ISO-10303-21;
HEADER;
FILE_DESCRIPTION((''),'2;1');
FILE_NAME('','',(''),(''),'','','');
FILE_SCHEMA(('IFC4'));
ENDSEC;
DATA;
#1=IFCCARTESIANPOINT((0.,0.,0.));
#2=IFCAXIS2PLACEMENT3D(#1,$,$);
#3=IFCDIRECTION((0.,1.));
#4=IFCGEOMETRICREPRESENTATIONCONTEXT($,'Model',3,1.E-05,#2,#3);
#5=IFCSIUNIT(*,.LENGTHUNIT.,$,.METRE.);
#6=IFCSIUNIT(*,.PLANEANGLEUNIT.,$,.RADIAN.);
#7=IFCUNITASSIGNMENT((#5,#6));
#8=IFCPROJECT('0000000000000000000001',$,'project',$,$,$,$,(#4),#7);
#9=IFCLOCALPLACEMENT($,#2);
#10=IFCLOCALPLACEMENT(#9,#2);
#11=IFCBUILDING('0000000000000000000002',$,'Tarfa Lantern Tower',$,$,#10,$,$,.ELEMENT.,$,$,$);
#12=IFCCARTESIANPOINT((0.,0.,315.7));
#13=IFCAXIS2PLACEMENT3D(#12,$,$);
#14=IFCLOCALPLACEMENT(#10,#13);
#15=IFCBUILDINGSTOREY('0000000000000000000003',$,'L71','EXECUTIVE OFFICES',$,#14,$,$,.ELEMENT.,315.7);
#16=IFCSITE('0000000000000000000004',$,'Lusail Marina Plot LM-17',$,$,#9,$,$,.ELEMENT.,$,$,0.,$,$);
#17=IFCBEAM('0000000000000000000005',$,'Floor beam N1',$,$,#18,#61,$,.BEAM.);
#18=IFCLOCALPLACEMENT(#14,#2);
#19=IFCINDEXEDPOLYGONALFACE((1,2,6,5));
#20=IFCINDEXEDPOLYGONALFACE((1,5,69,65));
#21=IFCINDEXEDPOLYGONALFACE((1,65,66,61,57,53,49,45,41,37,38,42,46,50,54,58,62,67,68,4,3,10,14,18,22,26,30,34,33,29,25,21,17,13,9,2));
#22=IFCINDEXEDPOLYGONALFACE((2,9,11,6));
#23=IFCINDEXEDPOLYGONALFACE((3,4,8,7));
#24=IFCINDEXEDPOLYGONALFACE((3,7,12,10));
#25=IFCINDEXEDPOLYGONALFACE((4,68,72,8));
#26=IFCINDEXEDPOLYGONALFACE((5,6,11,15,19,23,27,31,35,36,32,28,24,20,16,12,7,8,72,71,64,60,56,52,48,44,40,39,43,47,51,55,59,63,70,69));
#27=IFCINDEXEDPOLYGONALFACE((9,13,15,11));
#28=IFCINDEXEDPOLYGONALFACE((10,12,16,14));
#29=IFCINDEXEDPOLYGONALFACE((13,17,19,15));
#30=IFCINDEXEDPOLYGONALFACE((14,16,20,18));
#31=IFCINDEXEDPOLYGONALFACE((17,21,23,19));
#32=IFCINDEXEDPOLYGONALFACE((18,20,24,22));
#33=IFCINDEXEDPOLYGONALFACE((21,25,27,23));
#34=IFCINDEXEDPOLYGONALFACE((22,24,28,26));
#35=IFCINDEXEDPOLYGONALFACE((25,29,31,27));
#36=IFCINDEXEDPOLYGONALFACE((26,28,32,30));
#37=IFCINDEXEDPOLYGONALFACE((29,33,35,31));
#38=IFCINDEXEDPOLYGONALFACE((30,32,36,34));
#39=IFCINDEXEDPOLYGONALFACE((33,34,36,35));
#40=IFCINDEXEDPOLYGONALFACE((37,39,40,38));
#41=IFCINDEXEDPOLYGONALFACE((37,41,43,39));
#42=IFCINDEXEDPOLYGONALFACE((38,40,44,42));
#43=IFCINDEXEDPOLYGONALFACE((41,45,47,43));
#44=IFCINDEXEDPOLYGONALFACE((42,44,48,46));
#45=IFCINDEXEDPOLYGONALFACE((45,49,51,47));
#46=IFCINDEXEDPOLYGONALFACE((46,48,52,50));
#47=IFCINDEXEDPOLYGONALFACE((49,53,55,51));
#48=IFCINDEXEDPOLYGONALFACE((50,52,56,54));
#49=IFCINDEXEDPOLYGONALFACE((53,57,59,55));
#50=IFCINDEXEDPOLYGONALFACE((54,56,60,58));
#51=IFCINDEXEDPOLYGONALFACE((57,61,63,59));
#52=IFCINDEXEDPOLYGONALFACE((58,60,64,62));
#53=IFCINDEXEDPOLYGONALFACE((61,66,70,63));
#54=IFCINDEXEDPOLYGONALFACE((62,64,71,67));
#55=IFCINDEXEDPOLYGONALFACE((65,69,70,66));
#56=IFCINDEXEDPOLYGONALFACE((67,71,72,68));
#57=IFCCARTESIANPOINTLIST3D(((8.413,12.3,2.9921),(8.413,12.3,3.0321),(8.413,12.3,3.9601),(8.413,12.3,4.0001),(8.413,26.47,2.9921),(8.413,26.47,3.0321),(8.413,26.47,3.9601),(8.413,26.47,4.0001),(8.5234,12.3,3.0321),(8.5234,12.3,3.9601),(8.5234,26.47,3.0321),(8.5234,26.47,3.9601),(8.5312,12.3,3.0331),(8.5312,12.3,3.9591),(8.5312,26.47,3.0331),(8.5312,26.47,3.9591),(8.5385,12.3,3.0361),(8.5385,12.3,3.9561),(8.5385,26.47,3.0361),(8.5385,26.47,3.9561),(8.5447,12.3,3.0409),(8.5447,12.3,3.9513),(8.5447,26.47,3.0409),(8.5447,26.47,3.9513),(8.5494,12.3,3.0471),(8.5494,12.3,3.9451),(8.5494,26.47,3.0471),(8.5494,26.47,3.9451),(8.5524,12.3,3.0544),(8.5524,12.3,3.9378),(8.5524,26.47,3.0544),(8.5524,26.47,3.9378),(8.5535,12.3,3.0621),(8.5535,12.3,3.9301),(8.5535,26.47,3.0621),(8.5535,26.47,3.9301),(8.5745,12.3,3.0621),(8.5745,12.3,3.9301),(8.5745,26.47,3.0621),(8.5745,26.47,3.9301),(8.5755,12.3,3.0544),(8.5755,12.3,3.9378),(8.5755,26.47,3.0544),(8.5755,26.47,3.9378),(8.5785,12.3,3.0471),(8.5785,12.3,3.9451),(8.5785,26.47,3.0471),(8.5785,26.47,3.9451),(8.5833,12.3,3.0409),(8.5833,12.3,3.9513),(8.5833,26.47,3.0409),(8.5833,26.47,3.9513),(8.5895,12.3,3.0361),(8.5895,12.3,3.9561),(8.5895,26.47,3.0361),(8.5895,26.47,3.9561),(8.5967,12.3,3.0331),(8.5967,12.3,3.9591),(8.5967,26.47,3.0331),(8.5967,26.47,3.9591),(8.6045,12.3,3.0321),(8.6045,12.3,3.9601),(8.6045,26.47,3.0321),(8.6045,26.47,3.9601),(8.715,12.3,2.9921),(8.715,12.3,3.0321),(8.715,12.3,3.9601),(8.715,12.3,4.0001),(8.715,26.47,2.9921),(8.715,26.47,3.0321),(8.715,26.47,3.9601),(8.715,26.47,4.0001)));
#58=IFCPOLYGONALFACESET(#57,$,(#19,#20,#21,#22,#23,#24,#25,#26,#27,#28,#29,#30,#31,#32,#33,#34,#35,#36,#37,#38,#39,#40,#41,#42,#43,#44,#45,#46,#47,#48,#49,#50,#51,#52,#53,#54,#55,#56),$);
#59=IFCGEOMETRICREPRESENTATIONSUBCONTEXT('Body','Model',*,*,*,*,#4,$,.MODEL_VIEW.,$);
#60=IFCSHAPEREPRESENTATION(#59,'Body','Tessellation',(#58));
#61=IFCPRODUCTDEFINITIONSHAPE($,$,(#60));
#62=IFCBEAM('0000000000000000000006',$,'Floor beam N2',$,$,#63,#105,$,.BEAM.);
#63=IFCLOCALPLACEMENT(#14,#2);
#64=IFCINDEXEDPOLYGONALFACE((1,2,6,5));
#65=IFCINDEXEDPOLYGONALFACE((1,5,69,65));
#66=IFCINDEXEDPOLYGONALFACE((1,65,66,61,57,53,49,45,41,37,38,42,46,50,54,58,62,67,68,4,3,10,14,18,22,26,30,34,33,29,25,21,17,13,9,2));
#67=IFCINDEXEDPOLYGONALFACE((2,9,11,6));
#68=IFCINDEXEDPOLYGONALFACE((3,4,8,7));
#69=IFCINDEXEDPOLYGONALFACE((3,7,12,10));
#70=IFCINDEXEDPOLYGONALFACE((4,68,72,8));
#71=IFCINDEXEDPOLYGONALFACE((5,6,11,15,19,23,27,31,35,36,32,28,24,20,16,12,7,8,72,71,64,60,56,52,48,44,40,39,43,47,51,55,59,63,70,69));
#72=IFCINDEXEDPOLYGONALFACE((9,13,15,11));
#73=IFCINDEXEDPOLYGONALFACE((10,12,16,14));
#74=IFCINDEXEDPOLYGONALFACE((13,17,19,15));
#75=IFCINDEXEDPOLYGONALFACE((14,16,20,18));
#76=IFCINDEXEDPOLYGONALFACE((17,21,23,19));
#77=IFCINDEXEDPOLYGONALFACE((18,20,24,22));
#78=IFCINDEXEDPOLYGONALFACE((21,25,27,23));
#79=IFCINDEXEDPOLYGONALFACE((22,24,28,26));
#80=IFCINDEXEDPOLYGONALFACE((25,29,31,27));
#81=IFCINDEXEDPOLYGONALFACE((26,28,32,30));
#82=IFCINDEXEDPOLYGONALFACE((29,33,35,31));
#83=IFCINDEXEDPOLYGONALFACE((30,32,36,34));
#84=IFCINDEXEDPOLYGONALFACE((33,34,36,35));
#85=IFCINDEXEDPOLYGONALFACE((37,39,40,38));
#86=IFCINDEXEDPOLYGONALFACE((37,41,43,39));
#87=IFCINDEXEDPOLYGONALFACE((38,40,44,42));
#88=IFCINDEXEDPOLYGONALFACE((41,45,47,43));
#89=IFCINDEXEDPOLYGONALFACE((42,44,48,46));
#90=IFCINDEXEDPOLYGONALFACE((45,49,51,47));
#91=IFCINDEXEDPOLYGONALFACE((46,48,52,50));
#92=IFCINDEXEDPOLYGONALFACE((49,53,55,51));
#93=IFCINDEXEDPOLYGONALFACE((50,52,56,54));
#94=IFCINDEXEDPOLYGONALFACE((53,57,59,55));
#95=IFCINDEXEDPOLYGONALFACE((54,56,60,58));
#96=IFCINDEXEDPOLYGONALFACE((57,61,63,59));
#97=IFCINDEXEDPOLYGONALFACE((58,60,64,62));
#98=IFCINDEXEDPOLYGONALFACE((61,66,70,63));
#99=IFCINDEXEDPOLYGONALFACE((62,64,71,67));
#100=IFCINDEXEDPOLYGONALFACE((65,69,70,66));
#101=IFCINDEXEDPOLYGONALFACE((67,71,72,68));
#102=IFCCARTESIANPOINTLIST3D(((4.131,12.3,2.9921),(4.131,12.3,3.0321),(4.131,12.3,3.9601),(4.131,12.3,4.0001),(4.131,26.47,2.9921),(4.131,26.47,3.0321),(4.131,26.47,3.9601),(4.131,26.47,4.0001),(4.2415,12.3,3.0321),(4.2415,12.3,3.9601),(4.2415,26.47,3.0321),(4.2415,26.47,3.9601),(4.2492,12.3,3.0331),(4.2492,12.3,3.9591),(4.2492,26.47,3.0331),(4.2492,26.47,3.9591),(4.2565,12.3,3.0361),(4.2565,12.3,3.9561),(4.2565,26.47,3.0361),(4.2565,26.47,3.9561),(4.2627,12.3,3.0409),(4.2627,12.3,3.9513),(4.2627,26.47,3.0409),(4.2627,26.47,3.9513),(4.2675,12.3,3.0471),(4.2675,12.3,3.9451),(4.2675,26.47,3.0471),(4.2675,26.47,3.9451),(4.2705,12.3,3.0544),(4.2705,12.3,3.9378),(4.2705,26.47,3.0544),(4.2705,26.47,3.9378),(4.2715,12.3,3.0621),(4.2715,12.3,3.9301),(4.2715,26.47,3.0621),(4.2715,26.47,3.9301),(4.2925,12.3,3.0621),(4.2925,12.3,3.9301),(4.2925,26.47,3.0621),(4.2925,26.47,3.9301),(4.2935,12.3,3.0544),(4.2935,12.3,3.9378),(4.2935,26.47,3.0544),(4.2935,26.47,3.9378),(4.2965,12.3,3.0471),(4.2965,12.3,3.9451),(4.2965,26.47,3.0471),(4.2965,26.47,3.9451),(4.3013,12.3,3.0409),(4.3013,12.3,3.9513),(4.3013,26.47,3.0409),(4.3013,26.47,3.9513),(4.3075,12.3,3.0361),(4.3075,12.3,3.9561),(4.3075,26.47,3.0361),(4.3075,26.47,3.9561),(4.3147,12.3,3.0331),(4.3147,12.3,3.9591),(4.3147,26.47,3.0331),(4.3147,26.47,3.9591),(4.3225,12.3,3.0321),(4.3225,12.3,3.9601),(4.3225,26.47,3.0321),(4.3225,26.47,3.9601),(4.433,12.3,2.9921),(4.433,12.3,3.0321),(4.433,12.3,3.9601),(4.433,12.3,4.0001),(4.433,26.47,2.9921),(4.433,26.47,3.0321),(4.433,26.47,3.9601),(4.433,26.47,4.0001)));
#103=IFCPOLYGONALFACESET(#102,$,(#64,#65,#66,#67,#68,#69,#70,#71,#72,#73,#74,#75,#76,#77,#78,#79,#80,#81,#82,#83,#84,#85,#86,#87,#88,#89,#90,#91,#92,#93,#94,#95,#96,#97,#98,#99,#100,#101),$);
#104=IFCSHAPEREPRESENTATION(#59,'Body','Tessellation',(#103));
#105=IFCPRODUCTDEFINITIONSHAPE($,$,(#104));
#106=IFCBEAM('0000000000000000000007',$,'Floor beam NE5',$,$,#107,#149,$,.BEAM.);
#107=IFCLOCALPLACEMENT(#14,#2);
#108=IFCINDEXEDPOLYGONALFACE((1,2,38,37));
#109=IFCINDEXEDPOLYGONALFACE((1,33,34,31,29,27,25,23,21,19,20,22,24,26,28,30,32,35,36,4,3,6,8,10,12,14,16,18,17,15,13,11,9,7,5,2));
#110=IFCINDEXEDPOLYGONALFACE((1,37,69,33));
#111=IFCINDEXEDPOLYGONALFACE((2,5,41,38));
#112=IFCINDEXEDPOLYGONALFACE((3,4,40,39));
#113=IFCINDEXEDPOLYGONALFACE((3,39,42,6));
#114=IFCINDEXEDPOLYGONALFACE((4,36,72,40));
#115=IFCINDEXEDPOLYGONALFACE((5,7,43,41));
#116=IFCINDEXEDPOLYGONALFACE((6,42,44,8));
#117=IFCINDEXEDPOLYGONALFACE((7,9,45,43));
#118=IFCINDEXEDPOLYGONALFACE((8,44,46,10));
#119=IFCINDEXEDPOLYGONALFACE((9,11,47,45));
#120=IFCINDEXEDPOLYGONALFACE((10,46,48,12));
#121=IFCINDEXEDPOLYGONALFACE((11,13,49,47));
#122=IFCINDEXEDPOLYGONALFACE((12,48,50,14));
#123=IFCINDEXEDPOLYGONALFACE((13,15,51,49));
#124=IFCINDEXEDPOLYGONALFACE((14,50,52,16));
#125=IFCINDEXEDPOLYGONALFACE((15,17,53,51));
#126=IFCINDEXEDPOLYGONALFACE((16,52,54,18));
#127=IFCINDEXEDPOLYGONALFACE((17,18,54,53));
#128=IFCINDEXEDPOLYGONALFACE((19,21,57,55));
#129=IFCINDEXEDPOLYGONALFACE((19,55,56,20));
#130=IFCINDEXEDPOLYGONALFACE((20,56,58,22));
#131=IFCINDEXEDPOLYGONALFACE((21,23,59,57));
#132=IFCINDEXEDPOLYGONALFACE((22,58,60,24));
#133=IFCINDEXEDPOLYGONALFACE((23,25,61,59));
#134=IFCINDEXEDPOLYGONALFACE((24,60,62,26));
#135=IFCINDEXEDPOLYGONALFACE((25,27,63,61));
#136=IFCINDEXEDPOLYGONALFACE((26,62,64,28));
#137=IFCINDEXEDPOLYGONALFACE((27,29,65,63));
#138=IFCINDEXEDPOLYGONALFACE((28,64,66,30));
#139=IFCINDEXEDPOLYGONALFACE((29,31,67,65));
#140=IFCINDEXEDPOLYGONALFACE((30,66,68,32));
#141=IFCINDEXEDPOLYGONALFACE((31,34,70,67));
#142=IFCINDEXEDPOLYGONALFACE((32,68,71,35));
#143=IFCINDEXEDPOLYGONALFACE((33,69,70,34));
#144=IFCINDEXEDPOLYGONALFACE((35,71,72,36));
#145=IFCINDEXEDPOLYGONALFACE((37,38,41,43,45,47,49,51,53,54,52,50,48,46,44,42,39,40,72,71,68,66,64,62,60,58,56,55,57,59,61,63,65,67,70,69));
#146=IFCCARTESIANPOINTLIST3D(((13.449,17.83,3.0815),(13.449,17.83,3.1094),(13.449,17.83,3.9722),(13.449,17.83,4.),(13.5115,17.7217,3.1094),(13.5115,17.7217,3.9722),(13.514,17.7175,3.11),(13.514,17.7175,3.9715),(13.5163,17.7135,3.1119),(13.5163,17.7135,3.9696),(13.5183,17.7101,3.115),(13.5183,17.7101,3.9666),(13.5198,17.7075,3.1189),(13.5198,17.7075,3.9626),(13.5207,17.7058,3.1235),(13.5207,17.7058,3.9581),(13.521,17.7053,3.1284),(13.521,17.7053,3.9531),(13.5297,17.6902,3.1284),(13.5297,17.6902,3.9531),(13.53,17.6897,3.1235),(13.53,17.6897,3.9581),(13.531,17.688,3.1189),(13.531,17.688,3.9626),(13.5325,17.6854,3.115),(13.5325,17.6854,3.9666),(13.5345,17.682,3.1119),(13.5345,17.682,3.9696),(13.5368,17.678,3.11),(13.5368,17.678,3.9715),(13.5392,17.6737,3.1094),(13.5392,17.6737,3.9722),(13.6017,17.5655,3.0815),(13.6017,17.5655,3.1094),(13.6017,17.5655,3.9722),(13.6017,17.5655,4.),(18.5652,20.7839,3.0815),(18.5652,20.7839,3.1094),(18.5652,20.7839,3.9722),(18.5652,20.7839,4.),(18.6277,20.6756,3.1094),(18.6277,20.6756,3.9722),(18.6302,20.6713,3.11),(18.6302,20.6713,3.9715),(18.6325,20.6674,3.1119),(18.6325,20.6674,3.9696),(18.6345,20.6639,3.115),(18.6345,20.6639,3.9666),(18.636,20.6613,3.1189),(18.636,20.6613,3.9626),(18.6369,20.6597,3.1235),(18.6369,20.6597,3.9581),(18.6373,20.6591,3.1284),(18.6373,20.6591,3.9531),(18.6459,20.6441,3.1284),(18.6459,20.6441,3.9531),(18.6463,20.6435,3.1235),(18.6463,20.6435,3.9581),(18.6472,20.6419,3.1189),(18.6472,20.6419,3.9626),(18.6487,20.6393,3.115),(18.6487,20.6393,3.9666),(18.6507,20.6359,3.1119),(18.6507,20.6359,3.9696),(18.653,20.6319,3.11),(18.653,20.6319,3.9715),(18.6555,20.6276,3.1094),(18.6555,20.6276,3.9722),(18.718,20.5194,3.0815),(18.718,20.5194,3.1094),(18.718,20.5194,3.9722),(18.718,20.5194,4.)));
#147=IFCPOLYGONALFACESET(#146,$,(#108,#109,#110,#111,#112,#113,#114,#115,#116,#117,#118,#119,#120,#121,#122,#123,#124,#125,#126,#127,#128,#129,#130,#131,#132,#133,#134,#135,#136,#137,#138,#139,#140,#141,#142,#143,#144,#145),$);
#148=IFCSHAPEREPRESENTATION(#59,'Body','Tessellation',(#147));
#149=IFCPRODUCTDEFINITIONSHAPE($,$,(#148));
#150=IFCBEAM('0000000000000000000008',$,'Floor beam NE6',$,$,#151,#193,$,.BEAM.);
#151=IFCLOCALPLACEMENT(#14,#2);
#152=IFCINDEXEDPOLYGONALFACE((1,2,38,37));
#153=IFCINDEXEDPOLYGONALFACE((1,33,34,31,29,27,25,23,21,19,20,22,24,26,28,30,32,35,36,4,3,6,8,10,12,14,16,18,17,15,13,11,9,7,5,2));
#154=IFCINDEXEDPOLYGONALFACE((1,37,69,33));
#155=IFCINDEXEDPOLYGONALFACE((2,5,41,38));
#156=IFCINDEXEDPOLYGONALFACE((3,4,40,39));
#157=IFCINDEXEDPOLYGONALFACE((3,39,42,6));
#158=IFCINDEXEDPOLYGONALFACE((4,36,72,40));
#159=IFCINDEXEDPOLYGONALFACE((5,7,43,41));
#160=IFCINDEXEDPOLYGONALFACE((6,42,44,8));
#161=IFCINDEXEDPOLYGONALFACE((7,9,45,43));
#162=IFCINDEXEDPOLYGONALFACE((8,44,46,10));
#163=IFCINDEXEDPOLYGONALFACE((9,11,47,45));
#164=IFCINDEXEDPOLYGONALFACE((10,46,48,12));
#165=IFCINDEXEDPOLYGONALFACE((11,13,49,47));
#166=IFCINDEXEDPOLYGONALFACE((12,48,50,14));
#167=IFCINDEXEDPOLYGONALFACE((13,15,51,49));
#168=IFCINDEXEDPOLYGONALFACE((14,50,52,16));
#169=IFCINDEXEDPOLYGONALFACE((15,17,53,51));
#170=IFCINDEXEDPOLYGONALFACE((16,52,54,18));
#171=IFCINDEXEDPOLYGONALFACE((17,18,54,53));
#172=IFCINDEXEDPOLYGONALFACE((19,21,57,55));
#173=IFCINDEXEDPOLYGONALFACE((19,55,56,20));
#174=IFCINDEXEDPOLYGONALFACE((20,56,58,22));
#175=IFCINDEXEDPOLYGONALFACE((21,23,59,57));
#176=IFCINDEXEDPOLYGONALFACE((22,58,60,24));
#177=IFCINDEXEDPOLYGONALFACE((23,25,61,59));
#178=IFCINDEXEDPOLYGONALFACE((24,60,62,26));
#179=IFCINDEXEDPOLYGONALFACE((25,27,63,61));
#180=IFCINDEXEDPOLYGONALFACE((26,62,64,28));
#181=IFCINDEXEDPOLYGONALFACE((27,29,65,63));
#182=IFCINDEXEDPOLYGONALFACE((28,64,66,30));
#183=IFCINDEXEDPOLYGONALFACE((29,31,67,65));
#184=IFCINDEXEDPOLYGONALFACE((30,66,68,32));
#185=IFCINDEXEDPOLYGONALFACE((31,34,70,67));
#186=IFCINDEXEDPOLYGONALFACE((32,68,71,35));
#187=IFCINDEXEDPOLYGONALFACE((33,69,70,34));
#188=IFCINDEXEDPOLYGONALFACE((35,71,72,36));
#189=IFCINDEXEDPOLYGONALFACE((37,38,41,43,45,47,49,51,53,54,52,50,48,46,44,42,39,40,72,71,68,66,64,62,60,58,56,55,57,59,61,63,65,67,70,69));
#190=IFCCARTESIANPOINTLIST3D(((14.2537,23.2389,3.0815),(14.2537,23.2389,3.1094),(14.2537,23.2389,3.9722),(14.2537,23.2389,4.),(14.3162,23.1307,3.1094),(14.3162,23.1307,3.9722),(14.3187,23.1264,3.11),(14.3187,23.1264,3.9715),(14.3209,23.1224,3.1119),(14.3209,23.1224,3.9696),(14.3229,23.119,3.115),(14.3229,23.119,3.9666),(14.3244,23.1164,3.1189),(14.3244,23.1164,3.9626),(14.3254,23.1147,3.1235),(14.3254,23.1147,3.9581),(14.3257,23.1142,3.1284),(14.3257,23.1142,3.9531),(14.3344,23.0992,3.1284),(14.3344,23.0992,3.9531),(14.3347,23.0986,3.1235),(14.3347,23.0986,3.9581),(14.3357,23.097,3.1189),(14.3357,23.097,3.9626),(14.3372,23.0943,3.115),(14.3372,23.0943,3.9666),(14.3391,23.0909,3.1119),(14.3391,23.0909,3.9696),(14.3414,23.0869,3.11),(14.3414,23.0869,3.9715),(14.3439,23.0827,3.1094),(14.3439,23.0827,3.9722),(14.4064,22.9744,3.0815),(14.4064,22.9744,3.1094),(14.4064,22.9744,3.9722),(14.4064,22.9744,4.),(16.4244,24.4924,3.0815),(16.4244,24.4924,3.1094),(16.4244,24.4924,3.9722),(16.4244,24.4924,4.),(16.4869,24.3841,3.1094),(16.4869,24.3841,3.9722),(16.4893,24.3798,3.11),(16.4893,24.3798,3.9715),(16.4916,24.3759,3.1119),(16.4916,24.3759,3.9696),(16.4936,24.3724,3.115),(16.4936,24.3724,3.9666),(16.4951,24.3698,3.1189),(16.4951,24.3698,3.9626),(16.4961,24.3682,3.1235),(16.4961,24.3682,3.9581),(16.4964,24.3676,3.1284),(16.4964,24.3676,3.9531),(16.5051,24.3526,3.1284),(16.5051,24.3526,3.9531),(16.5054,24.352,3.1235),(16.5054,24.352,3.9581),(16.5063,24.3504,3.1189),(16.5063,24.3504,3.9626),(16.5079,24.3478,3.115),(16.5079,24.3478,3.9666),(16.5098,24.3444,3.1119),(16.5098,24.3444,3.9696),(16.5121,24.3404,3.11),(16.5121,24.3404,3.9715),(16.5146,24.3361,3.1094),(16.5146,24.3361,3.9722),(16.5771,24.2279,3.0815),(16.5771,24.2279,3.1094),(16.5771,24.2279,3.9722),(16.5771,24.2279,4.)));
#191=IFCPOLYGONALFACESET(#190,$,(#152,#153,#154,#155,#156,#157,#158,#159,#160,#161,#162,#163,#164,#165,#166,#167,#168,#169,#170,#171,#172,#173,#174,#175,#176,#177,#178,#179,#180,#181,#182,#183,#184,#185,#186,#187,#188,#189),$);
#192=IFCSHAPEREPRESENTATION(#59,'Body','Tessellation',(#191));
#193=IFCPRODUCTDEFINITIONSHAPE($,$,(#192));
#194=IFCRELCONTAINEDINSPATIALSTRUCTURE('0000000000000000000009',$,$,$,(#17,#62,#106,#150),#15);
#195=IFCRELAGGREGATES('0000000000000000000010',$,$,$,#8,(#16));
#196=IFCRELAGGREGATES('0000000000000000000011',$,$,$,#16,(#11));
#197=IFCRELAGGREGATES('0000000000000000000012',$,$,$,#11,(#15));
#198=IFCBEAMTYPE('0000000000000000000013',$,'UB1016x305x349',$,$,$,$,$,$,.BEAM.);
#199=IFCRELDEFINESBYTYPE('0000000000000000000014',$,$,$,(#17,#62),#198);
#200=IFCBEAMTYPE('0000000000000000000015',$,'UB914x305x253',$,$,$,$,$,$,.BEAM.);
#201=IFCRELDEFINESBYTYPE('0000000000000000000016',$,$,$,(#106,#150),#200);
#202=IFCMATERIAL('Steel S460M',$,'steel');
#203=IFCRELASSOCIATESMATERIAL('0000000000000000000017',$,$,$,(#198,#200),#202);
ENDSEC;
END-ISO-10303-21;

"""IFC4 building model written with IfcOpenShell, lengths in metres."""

from ifc_helpers import new_model, si_unit, direction, frame, origin, origin_2d, place, context, subcontext, project, spatial, i_section, extrude, material, material_profile, profile_set, type_object, element, save


model = new_model("IFC4")

# Units and contexts
model_context = context("Model", 3, precision=1e-05, world=origin(), true_north=direction((0.0, 1.0)))
body_context = subcontext(model_context, "Body", "Model", "MODEL_VIEW")
ifc_project = project(units=[si_unit("LENGTHUNIT", "METRE"), si_unit("PLANEANGLEUNIT", "RADIAN")], contexts=[model_context])

# Site, building, storey
site_placement = place(None, origin())
site = spatial("IfcSite", under=ifc_project, at=site_placement, Name="Lusail Marina Plot LM-17", CompositionType="ELEMENT", RefElevation=0.0)
building_placement = place(site_placement, origin())
building = spatial("IfcBuilding", under=site, at=building_placement, Name="Tarfa Lantern Tower", CompositionType="ELEMENT")
storey_placement = place(building_placement, frame((0.0, 0.0, 315.7)))
storey = spatial("IfcBuildingStorey", under=building, at=storey_placement, Name="L71", Description="EXECUTIVE OFFICES", CompositionType="ELEMENT", Elevation=315.7)

# Beams
ifc_material_1 = material(Name="Steel S460M", Category="steel")
ifc_material_profile_1 = material_profile(ifc_material_1, i_section(OverallWidth=0.302, OverallDepth=1.0081, WebThickness=0.021, FlangeThickness=0.04, FilletRadius=0.03, at=origin_2d()), Name="UB1016x305x349")
ifc_profile_set_1 = profile_set([ifc_material_profile_1], Name="Steel S460M")
beam_type_1 = type_object("IfcBeamType", Name="UB1016x305x349", PredefinedType="BEAM", material=ifc_profile_set_1)
for number, where, z_axis, x_axis, name in (
    (1, (8.564, 26.47, 3.4961), (0.0, -1.0, 0.0), (1.0, 0.0, 0.0), "Floor beam N1"),
    (2, (4.282, 26.47, 3.4961), (0.0, -1.0, 0.0), (1.0, 0.0, 0.0), "Floor beam N2"),
):
    element("IfcBeam", number, at=place(storey_placement, frame(where, z_axis=z_axis, x_axis=x_axis)), inside=storey, type_object=beam_type_1, Name=name, PredefinedType="BEAM", context=body_context, shape_type="SweptSolid", body=[
        extrude(i_section(OverallWidth=0.302, OverallDepth=1.0081, WebThickness=0.021, FlangeThickness=0.04, FilletRadius=0.03, at=origin_2d()), origin(), (0.0, 0.0, 1.0), 14.1699),
    ])
ifc_material_profile_2 = material_profile(ifc_material_1, i_section(OverallWidth=0.3054, OverallDepth=0.9185, WebThickness=0.0173, FlangeThickness=0.0278, FilletRadius=0.019, at=origin_2d()), Name="UB914x305x253")
ifc_profile_set_2 = profile_set([ifc_material_profile_2], Name="Steel S460M")
beam_type_2 = type_object("IfcBeamType", Name="UB914x305x253", PredefinedType="BEAM", material=ifc_profile_set_2)
beam_1_placement = place(storey_placement, frame((18.6416, 20.6516, 3.5408), z_axis=(-0.866025, -0.500001, 0.0), x_axis=(0.500001, -0.866025, 0.0)))
element("IfcBeam", 3, at=beam_1_placement, inside=storey, type_object=beam_type_2, Name="Floor beam NE5", PredefinedType="BEAM", context=body_context, shape_type="SweptSolid", body=[
    extrude(i_section(OverallWidth=0.3054, OverallDepth=0.9185, WebThickness=0.0173, FlangeThickness=0.0278, FilletRadius=0.019, at=origin_2d()), origin(), (0.0, 0.0, 1.0), 5.9077),
])
beam_2_placement = place(storey_placement, frame((16.5007, 24.3601, 3.5408), z_axis=(-0.865993, -0.500057, 0.0), x_axis=(0.500057, -0.865993, 0.0)))
element("IfcBeam", 4, at=beam_2_placement, inside=storey, type_object=beam_type_2, Name="Floor beam NE6", PredefinedType="BEAM", context=body_context, shape_type="SweptSolid", body=[
    extrude(i_section(OverallWidth=0.3054, OverallDepth=0.9185, WebThickness=0.0173, FlangeThickness=0.0278, FilletRadius=0.019, at=origin_2d()), origin(), (0.0, 0.0, 1.0), 2.5066),
])

save(model, "model.ifc")
